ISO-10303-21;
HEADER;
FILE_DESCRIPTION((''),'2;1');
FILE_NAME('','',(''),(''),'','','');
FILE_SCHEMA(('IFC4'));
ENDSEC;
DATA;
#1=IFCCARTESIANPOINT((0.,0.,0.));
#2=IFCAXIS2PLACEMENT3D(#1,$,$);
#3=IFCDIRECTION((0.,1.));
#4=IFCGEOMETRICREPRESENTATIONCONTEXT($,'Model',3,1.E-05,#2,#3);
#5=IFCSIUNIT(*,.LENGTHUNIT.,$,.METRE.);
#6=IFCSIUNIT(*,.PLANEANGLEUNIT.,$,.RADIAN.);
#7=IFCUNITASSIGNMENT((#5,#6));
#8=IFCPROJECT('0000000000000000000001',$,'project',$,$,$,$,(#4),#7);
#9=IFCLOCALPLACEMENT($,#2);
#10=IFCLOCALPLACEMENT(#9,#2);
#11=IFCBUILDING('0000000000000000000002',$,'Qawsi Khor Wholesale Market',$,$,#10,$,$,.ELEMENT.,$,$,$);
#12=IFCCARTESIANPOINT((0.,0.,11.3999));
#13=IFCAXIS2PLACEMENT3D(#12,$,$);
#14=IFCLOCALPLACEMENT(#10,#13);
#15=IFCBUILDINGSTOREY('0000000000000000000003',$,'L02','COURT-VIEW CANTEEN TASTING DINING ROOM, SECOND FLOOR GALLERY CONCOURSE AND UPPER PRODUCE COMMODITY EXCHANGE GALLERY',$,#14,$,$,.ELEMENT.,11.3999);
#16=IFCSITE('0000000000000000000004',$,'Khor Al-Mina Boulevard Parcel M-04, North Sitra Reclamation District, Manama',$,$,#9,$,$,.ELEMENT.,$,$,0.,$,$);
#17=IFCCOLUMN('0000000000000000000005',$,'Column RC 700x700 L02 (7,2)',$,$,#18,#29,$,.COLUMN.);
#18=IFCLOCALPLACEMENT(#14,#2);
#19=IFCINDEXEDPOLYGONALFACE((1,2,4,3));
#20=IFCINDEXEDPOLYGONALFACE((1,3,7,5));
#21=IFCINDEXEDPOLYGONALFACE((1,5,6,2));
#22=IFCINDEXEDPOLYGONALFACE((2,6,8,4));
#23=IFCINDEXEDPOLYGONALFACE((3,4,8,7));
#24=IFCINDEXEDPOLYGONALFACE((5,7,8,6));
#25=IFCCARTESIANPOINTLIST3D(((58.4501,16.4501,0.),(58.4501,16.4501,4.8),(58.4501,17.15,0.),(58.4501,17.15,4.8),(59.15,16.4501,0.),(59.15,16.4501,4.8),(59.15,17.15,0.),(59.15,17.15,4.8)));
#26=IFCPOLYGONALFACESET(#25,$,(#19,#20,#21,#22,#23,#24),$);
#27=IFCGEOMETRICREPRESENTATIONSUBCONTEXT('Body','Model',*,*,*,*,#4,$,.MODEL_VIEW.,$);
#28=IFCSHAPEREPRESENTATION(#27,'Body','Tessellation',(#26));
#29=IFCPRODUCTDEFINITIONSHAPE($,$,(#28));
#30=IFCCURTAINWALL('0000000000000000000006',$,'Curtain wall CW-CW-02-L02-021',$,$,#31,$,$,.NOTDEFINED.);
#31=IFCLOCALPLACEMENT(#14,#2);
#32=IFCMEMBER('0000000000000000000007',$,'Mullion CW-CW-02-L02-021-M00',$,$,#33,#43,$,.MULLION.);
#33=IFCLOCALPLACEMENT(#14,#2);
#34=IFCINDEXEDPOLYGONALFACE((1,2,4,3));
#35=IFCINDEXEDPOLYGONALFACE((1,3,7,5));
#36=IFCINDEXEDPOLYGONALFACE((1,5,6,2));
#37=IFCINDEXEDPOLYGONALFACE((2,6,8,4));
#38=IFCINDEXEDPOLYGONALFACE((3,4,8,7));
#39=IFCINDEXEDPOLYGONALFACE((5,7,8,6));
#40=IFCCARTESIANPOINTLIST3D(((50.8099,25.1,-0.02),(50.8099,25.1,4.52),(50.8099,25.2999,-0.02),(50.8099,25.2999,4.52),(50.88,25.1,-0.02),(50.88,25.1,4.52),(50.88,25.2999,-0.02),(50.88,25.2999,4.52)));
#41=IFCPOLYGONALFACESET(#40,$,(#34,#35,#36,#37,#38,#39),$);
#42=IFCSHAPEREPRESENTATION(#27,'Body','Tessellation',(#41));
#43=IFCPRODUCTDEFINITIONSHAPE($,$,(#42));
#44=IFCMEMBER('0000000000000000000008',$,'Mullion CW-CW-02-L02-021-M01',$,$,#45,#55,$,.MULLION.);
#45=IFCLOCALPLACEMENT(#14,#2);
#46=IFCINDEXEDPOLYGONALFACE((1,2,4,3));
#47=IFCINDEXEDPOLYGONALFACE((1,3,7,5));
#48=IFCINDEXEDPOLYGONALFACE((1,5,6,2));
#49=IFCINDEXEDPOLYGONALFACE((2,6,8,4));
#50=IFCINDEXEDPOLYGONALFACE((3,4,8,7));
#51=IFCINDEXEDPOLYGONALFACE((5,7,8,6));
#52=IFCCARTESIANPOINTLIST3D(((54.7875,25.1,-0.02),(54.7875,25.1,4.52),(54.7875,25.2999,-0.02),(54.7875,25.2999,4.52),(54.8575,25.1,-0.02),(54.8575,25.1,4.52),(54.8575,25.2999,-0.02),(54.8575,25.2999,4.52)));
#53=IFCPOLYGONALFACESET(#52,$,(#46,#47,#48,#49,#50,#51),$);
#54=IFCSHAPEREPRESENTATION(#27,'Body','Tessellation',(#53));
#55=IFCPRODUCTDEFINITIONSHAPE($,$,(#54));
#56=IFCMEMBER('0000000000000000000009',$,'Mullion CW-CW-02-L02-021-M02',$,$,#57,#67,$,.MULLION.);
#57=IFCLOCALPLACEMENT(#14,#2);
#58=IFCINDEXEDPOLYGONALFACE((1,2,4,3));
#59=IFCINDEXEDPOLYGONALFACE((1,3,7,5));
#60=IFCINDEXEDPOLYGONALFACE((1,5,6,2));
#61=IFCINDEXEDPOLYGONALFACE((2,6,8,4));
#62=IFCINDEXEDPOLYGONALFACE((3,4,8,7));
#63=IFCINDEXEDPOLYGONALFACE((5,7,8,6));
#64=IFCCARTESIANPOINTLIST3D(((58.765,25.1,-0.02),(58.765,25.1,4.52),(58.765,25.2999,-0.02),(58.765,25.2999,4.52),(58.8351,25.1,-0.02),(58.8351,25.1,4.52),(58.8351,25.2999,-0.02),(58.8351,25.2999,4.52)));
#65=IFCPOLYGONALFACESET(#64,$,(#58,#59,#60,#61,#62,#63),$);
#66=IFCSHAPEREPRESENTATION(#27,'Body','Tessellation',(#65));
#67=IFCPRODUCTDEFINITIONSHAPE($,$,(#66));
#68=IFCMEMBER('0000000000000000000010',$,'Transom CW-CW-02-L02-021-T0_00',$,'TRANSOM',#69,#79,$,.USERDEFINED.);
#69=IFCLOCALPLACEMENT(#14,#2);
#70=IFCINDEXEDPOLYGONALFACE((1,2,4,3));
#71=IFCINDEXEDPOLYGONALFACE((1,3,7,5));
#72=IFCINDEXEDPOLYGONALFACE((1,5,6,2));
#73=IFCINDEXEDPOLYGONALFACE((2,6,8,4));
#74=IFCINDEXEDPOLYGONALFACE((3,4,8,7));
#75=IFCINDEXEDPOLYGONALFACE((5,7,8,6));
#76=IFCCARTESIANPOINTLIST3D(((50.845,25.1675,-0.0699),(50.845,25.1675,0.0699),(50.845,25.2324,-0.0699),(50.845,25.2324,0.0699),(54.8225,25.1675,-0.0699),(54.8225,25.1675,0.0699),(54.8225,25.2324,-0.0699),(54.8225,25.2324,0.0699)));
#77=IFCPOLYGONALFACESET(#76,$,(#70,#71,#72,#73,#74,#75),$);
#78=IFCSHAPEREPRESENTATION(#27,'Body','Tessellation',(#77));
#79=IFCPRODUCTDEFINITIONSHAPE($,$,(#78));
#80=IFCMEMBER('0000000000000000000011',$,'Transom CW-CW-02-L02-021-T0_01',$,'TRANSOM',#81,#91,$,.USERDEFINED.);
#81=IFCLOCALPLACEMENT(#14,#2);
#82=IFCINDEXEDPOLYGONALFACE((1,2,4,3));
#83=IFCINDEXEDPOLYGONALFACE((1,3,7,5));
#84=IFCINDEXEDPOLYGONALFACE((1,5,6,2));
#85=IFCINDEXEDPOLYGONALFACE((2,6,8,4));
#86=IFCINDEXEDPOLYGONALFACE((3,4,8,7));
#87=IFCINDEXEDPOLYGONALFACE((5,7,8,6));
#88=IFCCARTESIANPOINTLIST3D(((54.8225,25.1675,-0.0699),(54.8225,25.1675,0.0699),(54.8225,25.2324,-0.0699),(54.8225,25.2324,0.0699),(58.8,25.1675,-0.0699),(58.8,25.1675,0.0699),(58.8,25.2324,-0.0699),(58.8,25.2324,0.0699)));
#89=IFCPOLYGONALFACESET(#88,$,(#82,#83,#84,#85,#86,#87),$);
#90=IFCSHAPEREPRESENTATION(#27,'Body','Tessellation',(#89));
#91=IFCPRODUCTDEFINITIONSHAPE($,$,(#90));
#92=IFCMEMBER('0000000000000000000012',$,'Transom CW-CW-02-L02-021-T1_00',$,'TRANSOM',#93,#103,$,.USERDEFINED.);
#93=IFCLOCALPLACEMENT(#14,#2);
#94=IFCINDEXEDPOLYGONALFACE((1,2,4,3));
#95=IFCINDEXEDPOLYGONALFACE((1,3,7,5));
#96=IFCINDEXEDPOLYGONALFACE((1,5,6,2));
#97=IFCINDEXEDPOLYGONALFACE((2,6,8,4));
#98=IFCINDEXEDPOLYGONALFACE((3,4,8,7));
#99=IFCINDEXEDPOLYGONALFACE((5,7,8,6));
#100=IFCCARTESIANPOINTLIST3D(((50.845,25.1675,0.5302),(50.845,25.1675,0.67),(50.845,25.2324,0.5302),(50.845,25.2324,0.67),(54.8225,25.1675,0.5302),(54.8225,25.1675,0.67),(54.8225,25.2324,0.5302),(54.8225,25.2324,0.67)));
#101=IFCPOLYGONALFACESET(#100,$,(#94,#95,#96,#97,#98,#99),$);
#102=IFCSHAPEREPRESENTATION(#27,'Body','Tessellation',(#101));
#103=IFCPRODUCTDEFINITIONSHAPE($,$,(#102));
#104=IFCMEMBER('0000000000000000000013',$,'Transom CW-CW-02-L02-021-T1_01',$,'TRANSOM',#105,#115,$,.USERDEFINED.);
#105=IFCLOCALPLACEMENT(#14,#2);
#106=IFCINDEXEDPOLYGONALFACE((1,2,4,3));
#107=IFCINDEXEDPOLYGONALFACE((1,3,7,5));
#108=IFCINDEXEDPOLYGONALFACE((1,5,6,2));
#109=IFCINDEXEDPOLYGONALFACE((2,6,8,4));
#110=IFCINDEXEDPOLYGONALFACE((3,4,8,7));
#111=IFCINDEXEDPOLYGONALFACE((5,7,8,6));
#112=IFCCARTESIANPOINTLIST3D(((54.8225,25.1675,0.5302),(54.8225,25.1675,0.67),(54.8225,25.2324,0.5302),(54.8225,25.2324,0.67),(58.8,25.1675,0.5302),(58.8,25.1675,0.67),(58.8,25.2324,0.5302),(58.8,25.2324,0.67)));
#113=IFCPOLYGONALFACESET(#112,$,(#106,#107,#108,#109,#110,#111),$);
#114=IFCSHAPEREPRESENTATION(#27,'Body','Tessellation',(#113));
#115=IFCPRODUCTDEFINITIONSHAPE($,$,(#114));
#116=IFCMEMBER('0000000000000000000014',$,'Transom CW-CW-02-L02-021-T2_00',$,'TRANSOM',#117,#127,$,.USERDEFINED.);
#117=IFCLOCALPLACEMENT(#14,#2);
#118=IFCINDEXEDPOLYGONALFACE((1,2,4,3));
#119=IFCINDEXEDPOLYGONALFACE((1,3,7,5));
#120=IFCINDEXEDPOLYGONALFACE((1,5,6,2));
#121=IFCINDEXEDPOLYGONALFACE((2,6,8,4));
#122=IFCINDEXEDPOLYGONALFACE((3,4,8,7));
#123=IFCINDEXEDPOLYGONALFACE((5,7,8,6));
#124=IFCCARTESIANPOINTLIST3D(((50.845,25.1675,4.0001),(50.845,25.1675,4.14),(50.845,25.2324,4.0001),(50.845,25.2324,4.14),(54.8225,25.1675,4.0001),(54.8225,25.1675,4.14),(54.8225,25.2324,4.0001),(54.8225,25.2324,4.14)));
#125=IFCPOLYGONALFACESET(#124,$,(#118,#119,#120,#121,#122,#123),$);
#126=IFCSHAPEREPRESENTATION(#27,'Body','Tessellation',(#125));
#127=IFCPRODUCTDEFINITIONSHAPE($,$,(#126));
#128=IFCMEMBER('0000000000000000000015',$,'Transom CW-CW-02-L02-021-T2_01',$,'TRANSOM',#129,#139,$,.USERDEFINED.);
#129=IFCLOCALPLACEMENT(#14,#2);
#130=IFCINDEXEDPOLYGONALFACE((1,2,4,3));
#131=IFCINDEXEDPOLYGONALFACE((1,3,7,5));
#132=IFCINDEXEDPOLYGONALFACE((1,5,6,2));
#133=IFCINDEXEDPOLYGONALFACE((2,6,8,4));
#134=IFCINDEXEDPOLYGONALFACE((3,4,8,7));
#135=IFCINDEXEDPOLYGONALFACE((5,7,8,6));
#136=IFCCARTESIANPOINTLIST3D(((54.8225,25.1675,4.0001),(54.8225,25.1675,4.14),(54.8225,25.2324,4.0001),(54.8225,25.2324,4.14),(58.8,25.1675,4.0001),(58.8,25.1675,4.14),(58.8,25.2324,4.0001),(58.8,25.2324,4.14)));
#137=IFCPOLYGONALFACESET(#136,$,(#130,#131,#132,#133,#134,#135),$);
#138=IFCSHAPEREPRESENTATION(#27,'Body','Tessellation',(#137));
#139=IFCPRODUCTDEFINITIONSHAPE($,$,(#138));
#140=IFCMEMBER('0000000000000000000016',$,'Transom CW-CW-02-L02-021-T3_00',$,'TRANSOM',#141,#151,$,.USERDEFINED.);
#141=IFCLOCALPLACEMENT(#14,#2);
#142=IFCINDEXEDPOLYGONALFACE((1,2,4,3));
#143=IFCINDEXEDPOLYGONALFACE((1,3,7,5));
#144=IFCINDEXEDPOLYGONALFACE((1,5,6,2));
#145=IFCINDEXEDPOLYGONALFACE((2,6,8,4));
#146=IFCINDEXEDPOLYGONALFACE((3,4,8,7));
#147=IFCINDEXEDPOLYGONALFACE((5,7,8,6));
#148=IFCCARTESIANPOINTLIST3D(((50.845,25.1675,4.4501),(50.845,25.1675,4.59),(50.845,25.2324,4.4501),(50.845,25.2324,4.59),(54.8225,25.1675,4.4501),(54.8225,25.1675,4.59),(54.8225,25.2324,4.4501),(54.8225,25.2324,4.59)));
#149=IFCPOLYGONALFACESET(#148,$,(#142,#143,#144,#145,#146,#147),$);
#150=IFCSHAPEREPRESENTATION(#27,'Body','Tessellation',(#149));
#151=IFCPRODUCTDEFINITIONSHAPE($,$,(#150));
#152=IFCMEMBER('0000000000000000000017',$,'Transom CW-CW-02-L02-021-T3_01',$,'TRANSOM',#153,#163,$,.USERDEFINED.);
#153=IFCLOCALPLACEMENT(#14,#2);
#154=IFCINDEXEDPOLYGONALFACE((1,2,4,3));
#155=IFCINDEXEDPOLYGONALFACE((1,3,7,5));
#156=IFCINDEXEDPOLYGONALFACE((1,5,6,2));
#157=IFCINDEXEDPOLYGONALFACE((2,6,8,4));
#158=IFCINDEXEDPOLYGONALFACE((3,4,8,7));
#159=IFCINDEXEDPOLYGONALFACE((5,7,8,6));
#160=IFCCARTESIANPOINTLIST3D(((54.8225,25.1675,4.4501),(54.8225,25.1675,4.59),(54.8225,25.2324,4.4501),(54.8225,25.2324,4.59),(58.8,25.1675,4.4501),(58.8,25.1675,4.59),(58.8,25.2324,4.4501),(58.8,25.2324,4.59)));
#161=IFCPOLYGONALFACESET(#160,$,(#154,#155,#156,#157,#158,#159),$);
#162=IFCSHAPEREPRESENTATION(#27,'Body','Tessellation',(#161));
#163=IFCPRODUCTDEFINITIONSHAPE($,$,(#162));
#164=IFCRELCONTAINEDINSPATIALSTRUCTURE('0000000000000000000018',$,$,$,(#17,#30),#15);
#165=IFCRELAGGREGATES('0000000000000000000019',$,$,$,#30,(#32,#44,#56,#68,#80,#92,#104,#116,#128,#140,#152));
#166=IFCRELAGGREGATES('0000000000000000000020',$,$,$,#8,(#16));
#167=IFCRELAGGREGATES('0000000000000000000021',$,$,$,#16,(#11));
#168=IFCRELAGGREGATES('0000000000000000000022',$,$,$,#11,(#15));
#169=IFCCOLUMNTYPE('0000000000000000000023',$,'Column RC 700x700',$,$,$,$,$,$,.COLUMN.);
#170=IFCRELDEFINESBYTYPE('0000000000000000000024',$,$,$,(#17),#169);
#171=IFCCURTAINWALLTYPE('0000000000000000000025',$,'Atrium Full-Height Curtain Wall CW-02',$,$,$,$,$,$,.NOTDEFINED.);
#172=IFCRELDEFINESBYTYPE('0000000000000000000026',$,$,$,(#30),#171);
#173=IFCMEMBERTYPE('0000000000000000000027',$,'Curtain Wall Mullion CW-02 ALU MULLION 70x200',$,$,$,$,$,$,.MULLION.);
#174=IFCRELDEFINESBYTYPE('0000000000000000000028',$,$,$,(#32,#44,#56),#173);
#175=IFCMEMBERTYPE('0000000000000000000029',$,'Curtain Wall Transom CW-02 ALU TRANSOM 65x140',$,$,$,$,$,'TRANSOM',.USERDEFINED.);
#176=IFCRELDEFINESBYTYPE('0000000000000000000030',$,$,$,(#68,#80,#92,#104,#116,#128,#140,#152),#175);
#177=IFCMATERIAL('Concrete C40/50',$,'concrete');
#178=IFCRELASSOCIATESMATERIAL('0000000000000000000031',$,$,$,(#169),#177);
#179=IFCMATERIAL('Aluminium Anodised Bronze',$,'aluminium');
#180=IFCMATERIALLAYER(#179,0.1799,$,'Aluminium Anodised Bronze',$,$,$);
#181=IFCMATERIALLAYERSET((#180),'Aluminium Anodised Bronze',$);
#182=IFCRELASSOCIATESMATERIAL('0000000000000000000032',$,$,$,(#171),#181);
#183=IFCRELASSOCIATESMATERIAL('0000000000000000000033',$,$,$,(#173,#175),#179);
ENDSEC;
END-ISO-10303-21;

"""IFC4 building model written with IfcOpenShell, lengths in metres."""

from ifc_helpers import new_model, si_unit, direction, frame, origin, origin_2d, place, context, subcontext, project, spatial, rectangle, extrude, material, layer, layer_set, material_profile, profile_set, type_object, element, aggregate, save


model = new_model("IFC4")

# Units and contexts
model_context = context("Model", 3, precision=1e-05, world=origin(), true_north=direction((0.0, 1.0)))
body_context = subcontext(model_context, "Body", "Model", "MODEL_VIEW")
ifc_project = project(units=[si_unit("LENGTHUNIT", "METRE"), si_unit("PLANEANGLEUNIT", "RADIAN")], contexts=[model_context])

# Site, building, storey
site_placement = place(None, origin())
site = spatial("IfcSite", under=ifc_project, at=site_placement, Name="Khor Al-Mina Boulevard Parcel M-04, North Sitra Reclamation District, Manama", CompositionType="ELEMENT", RefElevation=0.0)
building_placement = place(site_placement, origin())
building = spatial("IfcBuilding", under=site, at=building_placement, Name="Qawsi Khor Wholesale Market", CompositionType="ELEMENT")
storey_placement = place(building_placement, frame((0.0, 0.0, 11.3999)))
storey = spatial("IfcBuildingStorey", under=building, at=storey_placement, Name="L02", Description="COURT-VIEW CANTEEN TASTING DINING ROOM, SECOND FLOOR GALLERY CONCOURSE AND UPPER PRODUCE COMMODITY EXCHANGE GALLERY", CompositionType="ELEMENT", Elevation=11.3999)

# Column
ifc_material_1 = material(Name="Concrete C40/50", Category="concrete")
ifc_material_profile_1 = material_profile(ifc_material_1, rectangle(XDim=0.7, YDim=0.7, at=origin_2d()), Name="RC 700x700")
ifc_profile_set_1 = profile_set([ifc_material_profile_1], Name="Concrete C40/50")
column_type = type_object("IfcColumnType", Name="Column RC 700x700", PredefinedType="COLUMN", material=ifc_profile_set_1)
column_placement = place(storey_placement, frame((58.8, 16.8, 0.0), z_axis=(0.0, 0.0, 1.0), x_axis=(1.0, 0.0, 0.0)))
element("IfcColumn", 1, at=column_placement, inside=storey, type_object=column_type, Name="Column RC 700x700 L02 (7,2)", PredefinedType="COLUMN", context=body_context, shape_type="SweptSolid", body=[
    extrude(rectangle(XDim=0.7, YDim=0.7, at=origin_2d()), origin(), (0.0, 0.0, 1.0), 4.8),
])

# Curtain wall, members
ifc_material_2 = material(Name="Aluminium Anodised Bronze", Category="aluminium")
ifc_layer_1 = layer(ifc_material_2, 0.1799, Name="Aluminium Anodised Bronze")
ifc_layer_set_1 = layer_set([ifc_layer_1], Name="Aluminium Anodised Bronze")
curtain_wall_type = type_object("IfcCurtainWallType", Name="Atrium Full-Height Curtain Wall CW-02", PredefinedType="NOTDEFINED", material=ifc_layer_set_1)
curtain_wall_placement = place(storey_placement, origin())
curtain_wall = element("IfcCurtainWall", 2, at=curtain_wall_placement, inside=storey, type_object=curtain_wall_type, Name="Curtain wall CW-CW-02-L02-021", PredefinedType="NOTDEFINED")
ifc_material_profile_2 = material_profile(ifc_material_2, rectangle(XDim=0.0701, YDim=0.2, at=origin_2d()), Name="ALU MULLION 70x200")
ifc_profile_set_2 = profile_set([ifc_material_profile_2], Name="Aluminium Anodised Bronze")
member_type_1 = type_object("IfcMemberType", Name="Curtain Wall Mullion CW-02 ALU MULLION 70x200", PredefinedType="MULLION", material=ifc_profile_set_2)
member_1_placement = place(storey_placement, frame((50.845, 25.2, -0.02), z_axis=(0.0, 0.0, 1.0), x_axis=(1.0, 0.0, 0.0)))
member_1 = element("IfcMember", 3, at=member_1_placement, type_object=member_type_1, Name="Mullion CW-CW-02-L02-021-M00", PredefinedType="MULLION", context=body_context, shape_type="SweptSolid", body=[
    extrude(rectangle(XDim=0.0701, YDim=0.2, at=origin_2d()), origin(), (0.0, 0.0, 1.0), 4.54),
])
member_2_placement = place(storey_placement, frame((54.8225, 25.2, -0.02), z_axis=(0.0, 0.0, 1.0), x_axis=(1.0, 0.0, 0.0)))
member_2 = element("IfcMember", 4, at=member_2_placement, type_object=member_type_1, Name="Mullion CW-CW-02-L02-021-M01", PredefinedType="MULLION", context=body_context, shape_type="SweptSolid", body=[
    extrude(rectangle(XDim=0.0701, YDim=0.2, at=origin_2d()), origin(), (0.0, 0.0, 1.0), 4.54),
])
member_3_placement = place(storey_placement, frame((58.8, 25.2, -0.02), z_axis=(0.0, 0.0, 1.0), x_axis=(1.0, 0.0, 0.0)))
member_3 = element("IfcMember", 5, at=member_3_placement, type_object=member_type_1, Name="Mullion CW-CW-02-L02-021-M02", PredefinedType="MULLION", context=body_context, shape_type="SweptSolid", body=[
    extrude(rectangle(XDim=0.0701, YDim=0.2, at=origin_2d()), origin(), (0.0, 0.0, 1.0), 4.54),
])
ifc_material_profile_3 = material_profile(ifc_material_2, rectangle(XDim=0.0649, YDim=0.1399, at=origin_2d()), Name="ALU TRANSOM 65x140")
ifc_profile_set_3 = profile_set([ifc_material_profile_3], Name="Aluminium Anodised Bronze")
member_type_2 = type_object("IfcMemberType", Name="Curtain Wall Transom CW-02 ALU TRANSOM 65x140", ElementType="TRANSOM", PredefinedType="USERDEFINED", material=ifc_profile_set_3)
member_4_placement = place(storey_placement, frame((50.845, 25.2, 0.0), z_axis=(1.0, 0.0, 0.0), x_axis=(0.0, 1.0, 0.0)))
member_4 = element("IfcMember", 6, at=member_4_placement, type_object=member_type_2, Name="Transom CW-CW-02-L02-021-T0_00", ObjectType="TRANSOM", PredefinedType="USERDEFINED", context=body_context, shape_type="SweptSolid", body=[
    extrude(rectangle(XDim=0.0649, YDim=0.1399, at=origin_2d()), origin(), (0.0, 0.0, 1.0), 3.9775),
])
member_5_placement = place(storey_placement, frame((54.8225, 25.2, 0.0), z_axis=(1.0, 0.0, 0.0), x_axis=(0.0, 1.0, 0.0)))
member_5 = element("IfcMember", 7, at=member_5_placement, type_object=member_type_2, Name="Transom CW-CW-02-L02-021-T0_01", ObjectType="TRANSOM", PredefinedType="USERDEFINED", context=body_context, shape_type="SweptSolid", body=[
    extrude(rectangle(XDim=0.0649, YDim=0.1399, at=origin_2d()), origin(), (0.0, 0.0, 1.0), 3.9775),
])
member_6_placement = place(storey_placement, frame((50.845, 25.2, 0.6001), z_axis=(1.0, 0.0, 0.0), x_axis=(0.0, 1.0, 0.0)))
member_6 = element("IfcMember", 8, at=member_6_placement, type_object=member_type_2, Name="Transom CW-CW-02-L02-021-T1_00", ObjectType="TRANSOM", PredefinedType="USERDEFINED", context=body_context, shape_type="SweptSolid", body=[
    extrude(rectangle(XDim=0.0649, YDim=0.1399, at=origin_2d()), origin(), (0.0, 0.0, 1.0), 3.9775),
])
member_7_placement = place(storey_placement, frame((54.8225, 25.2, 0.6001), z_axis=(1.0, 0.0, 0.0), x_axis=(0.0, 1.0, 0.0)))
member_7 = element("IfcMember", 9, at=member_7_placement, type_object=member_type_2, Name="Transom CW-CW-02-L02-021-T1_01", ObjectType="TRANSOM", PredefinedType="USERDEFINED", context=body_context, shape_type="SweptSolid", body=[
    extrude(rectangle(XDim=0.0649, YDim=0.1399, at=origin_2d()), origin(), (0.0, 0.0, 1.0), 3.9775),
])
member_8_placement = place(storey_placement, frame((50.845, 25.2, 4.0701), z_axis=(1.0, 0.0, 0.0), x_axis=(0.0, 1.0, 0.0)))
member_8 = element("IfcMember", 10, at=member_8_placement, type_object=member_type_2, Name="Transom CW-CW-02-L02-021-T2_00", ObjectType="TRANSOM", PredefinedType="USERDEFINED", context=body_context, shape_type="SweptSolid", body=[
    extrude(rectangle(XDim=0.0649, YDim=0.1399, at=origin_2d()), origin(), (0.0, 0.0, 1.0), 3.9775),
])
member_9_placement = place(storey_placement, frame((54.8225, 25.2, 4.0701), z_axis=(1.0, 0.0, 0.0), x_axis=(0.0, 1.0, 0.0)))
member_9 = element("IfcMember", 11, at=member_9_placement, type_object=member_type_2, Name="Transom CW-CW-02-L02-021-T2_01", ObjectType="TRANSOM", PredefinedType="USERDEFINED", context=body_context, shape_type="SweptSolid", body=[
    extrude(rectangle(XDim=0.0649, YDim=0.1399, at=origin_2d()), origin(), (0.0, 0.0, 1.0), 3.9775),
])
member_10_placement = place(storey_placement, frame((50.845, 25.2, 4.52), z_axis=(1.0, 0.0, 0.0), x_axis=(0.0, 1.0, 0.0)))
member_10 = element("IfcMember", 12, at=member_10_placement, type_object=member_type_2, Name="Transom CW-CW-02-L02-021-T3_00", ObjectType="TRANSOM", PredefinedType="USERDEFINED", context=body_context, shape_type="SweptSolid", body=[
    extrude(rectangle(XDim=0.0649, YDim=0.1399, at=origin_2d()), origin(), (0.0, 0.0, 1.0), 3.9775),
])
member_11_placement = place(storey_placement, frame((54.8225, 25.2, 4.52), z_axis=(1.0, 0.0, 0.0), x_axis=(0.0, 1.0, 0.0)))
member_11 = element("IfcMember", 13, at=member_11_placement, type_object=member_type_2, Name="Transom CW-CW-02-L02-021-T3_01", ObjectType="TRANSOM", PredefinedType="USERDEFINED", context=body_context, shape_type="SweptSolid", body=[
    extrude(rectangle(XDim=0.0649, YDim=0.1399, at=origin_2d()), origin(), (0.0, 0.0, 1.0), 3.9775),
])

aggregate(curtain_wall, [member_1, member_2, member_3, member_4, member_5, member_6, member_7, member_8, member_9, member_10, member_11])

save(model, "model.ifc")
